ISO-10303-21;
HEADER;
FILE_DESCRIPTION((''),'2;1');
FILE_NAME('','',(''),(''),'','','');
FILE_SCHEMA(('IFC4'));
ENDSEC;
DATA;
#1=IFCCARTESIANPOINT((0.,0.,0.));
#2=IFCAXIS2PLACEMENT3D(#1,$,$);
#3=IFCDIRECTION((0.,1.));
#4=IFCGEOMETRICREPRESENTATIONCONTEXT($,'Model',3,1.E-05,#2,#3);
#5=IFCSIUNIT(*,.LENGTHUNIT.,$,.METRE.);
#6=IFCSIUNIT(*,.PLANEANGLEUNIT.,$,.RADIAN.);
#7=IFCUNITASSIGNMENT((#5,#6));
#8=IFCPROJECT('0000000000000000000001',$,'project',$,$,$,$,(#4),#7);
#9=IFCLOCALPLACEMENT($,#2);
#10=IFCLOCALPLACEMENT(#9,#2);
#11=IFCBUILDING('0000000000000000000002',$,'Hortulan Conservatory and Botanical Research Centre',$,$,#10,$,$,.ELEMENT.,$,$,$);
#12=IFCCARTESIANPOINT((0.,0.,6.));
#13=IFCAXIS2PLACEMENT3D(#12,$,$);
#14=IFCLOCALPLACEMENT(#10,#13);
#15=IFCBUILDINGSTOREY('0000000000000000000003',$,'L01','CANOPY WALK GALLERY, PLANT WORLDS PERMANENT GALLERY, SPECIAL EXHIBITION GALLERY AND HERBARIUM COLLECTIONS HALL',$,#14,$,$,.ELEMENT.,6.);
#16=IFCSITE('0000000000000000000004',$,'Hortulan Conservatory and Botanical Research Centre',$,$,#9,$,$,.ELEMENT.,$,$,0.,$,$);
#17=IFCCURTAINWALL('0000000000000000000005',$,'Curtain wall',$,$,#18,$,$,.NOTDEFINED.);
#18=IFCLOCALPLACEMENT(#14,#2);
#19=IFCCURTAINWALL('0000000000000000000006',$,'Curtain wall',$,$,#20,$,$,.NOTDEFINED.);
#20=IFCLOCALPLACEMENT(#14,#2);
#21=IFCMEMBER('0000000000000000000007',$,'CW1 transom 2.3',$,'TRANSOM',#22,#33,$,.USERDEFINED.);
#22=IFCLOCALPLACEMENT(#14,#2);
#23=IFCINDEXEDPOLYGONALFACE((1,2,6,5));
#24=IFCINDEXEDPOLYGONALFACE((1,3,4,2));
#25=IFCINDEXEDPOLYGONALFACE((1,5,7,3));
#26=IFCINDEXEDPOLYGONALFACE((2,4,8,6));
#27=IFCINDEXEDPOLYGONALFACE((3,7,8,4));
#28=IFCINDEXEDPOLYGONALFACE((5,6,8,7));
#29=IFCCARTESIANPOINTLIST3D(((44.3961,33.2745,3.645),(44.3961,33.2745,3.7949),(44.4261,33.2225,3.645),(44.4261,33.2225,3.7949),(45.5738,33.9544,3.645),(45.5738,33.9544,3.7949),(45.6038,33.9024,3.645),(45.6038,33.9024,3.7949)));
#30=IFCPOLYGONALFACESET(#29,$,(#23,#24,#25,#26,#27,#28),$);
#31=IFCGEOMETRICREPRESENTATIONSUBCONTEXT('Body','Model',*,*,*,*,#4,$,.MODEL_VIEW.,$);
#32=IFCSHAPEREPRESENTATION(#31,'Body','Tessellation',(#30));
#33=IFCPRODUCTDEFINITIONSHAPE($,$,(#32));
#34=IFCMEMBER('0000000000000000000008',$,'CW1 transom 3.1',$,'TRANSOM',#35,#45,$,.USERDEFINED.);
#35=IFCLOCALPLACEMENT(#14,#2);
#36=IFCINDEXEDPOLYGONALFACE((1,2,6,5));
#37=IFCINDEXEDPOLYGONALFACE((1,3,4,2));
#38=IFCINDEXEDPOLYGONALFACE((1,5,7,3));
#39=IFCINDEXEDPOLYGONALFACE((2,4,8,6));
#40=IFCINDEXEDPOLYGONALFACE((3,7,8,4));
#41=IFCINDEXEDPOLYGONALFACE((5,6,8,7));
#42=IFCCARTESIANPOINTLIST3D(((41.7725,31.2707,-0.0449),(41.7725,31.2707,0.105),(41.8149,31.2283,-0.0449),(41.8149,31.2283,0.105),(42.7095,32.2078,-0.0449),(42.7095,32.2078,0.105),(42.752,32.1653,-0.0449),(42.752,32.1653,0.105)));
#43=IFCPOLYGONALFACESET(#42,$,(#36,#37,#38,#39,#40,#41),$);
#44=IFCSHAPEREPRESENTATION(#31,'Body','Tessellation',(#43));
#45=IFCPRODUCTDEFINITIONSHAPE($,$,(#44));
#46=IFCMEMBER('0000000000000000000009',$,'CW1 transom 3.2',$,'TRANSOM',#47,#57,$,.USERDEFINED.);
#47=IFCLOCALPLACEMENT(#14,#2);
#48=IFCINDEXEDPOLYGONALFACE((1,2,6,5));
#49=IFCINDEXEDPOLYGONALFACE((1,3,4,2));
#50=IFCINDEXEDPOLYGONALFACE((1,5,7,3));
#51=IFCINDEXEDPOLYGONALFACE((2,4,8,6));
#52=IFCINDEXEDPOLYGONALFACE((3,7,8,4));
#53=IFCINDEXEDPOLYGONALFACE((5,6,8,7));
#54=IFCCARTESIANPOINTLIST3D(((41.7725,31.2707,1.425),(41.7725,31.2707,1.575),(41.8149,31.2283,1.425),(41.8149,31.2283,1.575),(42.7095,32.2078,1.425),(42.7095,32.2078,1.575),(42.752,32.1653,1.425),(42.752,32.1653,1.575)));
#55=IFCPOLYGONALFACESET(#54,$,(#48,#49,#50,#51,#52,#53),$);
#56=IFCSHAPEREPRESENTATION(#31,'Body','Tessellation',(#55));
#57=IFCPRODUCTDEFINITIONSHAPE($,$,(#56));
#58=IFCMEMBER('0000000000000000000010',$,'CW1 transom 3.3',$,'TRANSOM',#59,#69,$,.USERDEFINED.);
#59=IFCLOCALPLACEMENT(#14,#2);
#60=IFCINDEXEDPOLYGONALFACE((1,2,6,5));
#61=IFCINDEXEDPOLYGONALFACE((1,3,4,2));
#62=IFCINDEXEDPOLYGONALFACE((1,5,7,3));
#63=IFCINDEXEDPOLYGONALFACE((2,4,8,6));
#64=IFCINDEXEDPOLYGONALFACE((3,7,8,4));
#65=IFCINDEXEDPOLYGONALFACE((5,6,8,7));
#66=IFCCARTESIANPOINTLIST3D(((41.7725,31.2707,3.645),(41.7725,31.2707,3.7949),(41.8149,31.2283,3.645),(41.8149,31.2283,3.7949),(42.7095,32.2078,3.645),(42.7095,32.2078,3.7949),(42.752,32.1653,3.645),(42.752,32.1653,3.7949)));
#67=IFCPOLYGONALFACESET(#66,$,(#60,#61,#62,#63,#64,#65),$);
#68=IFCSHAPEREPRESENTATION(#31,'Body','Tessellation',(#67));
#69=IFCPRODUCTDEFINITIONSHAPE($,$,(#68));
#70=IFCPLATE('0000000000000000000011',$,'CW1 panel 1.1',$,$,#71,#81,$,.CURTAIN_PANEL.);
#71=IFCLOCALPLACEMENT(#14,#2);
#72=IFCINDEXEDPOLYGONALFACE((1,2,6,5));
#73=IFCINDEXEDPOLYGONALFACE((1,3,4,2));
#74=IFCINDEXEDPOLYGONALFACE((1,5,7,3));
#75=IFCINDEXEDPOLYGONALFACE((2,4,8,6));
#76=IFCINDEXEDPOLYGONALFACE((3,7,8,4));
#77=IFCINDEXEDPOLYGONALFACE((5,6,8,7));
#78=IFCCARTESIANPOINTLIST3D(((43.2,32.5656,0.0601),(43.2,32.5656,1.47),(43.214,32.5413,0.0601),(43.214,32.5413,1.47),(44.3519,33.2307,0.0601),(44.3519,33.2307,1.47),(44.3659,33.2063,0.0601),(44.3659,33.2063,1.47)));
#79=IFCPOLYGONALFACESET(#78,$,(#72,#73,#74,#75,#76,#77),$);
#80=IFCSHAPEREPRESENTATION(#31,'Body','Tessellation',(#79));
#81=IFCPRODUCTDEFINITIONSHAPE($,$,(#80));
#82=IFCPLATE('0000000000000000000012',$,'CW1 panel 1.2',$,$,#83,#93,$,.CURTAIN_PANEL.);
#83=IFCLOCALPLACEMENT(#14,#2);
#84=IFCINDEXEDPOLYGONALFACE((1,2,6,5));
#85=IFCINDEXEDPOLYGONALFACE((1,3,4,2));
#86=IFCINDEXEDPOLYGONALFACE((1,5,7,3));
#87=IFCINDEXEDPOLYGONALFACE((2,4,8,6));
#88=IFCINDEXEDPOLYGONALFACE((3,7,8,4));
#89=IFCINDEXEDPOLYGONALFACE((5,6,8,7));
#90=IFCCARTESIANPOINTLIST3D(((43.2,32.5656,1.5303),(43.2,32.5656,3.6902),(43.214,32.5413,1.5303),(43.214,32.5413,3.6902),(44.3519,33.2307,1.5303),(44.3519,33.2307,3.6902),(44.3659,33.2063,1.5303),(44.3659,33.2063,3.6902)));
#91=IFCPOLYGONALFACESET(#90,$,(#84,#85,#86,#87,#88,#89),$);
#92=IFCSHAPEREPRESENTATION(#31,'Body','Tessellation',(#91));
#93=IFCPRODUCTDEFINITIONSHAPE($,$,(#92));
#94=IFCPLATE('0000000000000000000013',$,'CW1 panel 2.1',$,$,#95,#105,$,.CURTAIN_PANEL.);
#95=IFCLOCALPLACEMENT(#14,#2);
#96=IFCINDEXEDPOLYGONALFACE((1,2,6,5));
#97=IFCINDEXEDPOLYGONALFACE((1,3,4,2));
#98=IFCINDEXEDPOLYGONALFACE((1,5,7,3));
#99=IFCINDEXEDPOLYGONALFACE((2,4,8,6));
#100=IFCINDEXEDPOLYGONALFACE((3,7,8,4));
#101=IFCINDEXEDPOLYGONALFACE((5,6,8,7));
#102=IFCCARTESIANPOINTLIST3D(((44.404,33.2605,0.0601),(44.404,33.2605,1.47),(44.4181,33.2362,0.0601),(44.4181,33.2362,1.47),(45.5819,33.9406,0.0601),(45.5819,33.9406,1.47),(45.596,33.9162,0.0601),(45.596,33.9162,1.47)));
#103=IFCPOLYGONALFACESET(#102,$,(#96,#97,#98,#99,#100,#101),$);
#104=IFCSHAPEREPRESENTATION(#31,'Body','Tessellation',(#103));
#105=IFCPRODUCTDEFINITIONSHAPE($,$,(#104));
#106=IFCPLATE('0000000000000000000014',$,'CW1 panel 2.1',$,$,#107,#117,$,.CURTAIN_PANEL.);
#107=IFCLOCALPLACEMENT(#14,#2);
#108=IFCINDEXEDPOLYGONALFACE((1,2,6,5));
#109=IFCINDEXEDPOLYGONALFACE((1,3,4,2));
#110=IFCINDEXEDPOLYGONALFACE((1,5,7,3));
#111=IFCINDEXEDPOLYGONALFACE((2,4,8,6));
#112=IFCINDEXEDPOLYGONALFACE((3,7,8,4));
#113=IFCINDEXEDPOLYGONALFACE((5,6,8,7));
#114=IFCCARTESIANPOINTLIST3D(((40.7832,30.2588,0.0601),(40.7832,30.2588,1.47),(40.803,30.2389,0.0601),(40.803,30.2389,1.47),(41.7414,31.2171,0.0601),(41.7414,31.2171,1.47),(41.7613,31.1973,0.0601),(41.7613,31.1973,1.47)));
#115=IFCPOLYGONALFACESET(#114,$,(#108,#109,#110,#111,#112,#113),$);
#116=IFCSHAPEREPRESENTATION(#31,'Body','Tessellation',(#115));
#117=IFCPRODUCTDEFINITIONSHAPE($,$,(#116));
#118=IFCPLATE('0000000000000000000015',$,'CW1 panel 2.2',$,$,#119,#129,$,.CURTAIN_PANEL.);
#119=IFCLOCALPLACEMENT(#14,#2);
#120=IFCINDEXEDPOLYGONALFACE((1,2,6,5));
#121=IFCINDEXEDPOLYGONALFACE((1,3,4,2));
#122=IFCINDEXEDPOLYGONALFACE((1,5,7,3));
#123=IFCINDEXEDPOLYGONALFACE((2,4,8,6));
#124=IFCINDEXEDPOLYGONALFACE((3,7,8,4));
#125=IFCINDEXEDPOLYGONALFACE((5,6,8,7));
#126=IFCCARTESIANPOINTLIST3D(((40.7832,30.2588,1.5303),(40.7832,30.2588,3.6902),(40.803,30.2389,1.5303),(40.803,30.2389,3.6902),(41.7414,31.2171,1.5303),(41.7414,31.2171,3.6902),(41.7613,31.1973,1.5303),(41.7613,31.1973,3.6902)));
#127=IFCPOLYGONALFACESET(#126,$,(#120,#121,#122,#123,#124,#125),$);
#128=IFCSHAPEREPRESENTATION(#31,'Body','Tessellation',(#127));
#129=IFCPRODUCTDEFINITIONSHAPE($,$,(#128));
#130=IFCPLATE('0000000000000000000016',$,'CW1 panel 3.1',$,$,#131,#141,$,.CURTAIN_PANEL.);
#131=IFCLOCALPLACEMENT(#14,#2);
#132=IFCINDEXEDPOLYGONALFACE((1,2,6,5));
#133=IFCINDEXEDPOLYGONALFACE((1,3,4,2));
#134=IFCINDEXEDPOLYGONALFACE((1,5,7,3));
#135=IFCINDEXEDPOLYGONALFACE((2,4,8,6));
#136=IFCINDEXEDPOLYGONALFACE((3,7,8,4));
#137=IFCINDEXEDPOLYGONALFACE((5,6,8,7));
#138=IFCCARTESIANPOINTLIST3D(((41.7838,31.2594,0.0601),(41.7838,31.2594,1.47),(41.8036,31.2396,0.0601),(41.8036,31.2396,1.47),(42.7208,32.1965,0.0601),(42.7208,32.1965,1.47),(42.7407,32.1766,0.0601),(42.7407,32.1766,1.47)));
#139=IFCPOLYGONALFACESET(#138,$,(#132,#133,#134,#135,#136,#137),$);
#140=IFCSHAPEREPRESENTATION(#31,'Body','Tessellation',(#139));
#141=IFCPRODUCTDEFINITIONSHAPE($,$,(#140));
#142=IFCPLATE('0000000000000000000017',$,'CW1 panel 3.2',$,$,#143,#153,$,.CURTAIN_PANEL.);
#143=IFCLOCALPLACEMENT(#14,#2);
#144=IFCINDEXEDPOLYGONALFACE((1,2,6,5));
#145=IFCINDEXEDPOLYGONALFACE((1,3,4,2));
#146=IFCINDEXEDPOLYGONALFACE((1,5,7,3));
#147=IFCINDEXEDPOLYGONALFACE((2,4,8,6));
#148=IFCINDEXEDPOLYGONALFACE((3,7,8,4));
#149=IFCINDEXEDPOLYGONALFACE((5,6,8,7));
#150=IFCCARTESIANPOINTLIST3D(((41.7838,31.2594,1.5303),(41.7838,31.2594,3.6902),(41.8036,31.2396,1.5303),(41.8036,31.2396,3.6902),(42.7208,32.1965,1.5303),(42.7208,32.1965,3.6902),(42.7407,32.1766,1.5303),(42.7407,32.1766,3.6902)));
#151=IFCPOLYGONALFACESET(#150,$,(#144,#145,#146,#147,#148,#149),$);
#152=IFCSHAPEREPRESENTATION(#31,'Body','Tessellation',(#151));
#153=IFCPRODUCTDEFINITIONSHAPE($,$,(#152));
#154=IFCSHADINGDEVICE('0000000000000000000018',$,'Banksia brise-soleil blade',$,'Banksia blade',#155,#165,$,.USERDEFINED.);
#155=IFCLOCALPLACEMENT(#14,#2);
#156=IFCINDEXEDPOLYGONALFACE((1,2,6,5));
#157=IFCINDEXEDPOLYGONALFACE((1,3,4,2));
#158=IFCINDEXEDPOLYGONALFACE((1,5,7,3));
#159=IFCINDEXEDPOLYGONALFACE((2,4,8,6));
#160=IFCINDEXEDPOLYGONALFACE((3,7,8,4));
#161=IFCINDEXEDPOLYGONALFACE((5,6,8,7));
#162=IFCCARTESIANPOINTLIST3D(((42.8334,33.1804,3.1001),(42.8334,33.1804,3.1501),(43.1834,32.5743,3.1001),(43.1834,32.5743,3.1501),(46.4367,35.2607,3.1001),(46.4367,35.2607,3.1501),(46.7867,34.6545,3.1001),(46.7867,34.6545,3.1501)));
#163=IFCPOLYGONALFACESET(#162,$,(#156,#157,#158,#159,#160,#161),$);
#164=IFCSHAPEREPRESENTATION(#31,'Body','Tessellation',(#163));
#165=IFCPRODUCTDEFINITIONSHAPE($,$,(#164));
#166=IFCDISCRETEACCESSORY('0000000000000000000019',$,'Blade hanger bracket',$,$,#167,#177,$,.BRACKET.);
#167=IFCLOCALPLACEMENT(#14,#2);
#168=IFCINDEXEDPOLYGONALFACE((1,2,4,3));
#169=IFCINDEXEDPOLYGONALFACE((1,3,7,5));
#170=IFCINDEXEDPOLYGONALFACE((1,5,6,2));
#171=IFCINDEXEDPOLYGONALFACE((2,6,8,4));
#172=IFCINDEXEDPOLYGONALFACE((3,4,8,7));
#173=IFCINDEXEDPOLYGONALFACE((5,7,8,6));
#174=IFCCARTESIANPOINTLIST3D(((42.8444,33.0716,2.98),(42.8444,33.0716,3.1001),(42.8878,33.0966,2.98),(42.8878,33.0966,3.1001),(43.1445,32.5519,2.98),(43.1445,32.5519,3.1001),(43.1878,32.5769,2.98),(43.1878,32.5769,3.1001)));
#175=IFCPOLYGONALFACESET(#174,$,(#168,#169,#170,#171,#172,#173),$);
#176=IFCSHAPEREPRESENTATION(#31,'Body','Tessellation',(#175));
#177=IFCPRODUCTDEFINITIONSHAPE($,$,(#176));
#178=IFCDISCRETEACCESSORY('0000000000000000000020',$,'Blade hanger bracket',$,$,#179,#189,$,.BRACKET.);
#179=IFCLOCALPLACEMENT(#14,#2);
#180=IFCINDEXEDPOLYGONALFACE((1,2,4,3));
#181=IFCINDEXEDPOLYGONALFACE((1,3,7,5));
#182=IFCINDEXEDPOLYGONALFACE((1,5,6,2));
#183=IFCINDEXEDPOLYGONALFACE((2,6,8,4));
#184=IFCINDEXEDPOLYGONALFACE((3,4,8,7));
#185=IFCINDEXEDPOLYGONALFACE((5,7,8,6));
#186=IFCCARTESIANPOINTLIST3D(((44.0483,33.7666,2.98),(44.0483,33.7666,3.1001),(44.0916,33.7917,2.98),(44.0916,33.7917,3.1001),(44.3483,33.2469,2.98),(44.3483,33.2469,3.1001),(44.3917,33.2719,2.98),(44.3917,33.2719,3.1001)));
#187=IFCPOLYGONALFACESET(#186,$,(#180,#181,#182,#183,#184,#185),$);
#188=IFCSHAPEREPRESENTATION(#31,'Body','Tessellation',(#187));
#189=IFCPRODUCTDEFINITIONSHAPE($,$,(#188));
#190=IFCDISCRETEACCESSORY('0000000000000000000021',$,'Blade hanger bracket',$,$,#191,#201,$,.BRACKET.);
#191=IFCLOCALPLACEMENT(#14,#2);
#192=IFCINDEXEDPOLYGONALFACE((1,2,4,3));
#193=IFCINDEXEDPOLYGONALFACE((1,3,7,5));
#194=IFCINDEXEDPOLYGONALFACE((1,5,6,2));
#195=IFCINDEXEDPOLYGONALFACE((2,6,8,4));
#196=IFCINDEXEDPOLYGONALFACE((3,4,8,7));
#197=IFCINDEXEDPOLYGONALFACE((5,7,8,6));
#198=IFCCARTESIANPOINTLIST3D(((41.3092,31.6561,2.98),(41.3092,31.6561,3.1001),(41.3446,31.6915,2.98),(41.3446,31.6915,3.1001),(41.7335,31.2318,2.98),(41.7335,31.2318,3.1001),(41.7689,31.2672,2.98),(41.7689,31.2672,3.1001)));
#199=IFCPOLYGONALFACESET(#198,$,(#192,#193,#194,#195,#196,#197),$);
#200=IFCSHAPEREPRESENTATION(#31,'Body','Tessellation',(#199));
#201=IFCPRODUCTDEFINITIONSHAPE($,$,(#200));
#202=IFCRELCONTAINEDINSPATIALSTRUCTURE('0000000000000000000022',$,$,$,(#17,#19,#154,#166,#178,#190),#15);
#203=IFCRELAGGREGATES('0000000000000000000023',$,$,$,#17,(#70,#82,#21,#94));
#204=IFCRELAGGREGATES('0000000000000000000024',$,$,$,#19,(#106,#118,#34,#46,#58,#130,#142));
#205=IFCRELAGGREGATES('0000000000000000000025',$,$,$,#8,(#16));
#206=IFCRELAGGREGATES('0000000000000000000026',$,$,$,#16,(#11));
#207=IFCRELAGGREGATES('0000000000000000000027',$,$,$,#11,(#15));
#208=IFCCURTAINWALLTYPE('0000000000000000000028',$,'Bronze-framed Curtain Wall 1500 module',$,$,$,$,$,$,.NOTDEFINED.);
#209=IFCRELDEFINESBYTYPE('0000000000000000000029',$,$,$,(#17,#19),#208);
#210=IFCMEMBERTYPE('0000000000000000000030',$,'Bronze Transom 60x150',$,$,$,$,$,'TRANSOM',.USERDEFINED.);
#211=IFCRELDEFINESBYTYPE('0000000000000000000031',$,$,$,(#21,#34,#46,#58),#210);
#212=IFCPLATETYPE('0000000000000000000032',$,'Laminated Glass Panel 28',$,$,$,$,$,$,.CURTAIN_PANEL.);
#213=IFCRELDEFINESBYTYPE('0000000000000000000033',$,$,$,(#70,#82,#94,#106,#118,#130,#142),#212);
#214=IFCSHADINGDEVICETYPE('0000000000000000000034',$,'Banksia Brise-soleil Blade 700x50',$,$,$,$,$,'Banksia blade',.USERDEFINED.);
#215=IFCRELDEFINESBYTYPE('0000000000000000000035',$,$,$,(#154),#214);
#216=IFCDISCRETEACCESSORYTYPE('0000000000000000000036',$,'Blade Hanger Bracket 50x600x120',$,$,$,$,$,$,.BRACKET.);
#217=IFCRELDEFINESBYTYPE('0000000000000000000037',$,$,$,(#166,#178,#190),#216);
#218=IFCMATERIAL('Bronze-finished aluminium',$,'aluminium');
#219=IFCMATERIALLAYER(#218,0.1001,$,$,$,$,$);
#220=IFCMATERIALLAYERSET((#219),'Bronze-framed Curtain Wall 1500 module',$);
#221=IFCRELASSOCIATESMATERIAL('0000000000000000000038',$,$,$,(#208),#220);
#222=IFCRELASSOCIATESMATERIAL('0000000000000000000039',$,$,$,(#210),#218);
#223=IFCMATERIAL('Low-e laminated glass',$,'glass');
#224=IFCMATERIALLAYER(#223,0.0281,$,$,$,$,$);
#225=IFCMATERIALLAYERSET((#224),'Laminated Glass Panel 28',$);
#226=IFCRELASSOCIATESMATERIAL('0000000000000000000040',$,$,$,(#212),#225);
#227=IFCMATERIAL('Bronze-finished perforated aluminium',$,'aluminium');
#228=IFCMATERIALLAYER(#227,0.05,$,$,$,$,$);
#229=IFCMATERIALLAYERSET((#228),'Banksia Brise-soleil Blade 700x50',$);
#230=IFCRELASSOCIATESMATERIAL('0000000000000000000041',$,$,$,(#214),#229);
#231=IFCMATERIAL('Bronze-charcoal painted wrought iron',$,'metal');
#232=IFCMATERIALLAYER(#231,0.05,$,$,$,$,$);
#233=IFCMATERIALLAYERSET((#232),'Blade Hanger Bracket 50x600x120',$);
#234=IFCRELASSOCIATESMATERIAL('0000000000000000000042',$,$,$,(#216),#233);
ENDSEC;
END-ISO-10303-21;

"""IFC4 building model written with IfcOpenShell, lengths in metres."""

from ifc_helpers import new_model, si_unit, direction, frame, origin, origin_2d, place, context, subcontext, project, spatial, rectangle, extrude, material, layer, layer_set, material_profile, profile_set, type_object, element, aggregate, save


model = new_model("IFC4")

# Units and contexts
model_context = context("Model", 3, precision=1e-05, world=origin(), true_north=direction((0.0, 1.0)))
body_context = subcontext(model_context, "Body", "Model", "MODEL_VIEW")
ifc_project = project(units=[si_unit("LENGTHUNIT", "METRE"), si_unit("PLANEANGLEUNIT", "RADIAN")], contexts=[model_context])

# Site, building, storey
site_placement = place(None, origin())
site = spatial("IfcSite", under=ifc_project, at=site_placement, Name="Hortulan Conservatory and Botanical Research Centre", CompositionType="ELEMENT", RefElevation=0.0)
building_placement = place(site_placement, origin())
building = spatial("IfcBuilding", under=site, at=building_placement, Name="Hortulan Conservatory and Botanical Research Centre", CompositionType="ELEMENT")
storey_placement = place(building_placement, frame((0.0, 0.0, 6.0)))
storey = spatial("IfcBuildingStorey", under=building, at=storey_placement, Name="L01", Description="CANOPY WALK GALLERY, PLANT WORLDS PERMANENT GALLERY, SPECIAL EXHIBITION GALLERY AND HERBARIUM COLLECTIONS HALL", CompositionType="ELEMENT", Elevation=6.0)

# Curtain walls
ifc_material_1 = material(Name="Bronze-finished aluminium", Category="aluminium")
ifc_layer_1 = layer(ifc_material_1, 0.1001)
ifc_layer_set_1 = layer_set([ifc_layer_1], Name="Bronze-framed Curtain Wall 1500 module")
curtain_wall_type = type_object("IfcCurtainWallType", Name="Bronze-framed Curtain Wall 1500 module", PredefinedType="NOTDEFINED", material=ifc_layer_set_1)
curtain_wall_1_placement = place(storey_placement, origin())
curtain_wall_1 = element("IfcCurtainWall", 1, at=curtain_wall_1_placement, inside=storey, type_object=curtain_wall_type, Name="Curtain wall", PredefinedType="NOTDEFINED")
curtain_wall_2_placement = place(storey_placement, origin())
curtain_wall_2 = element("IfcCurtainWall", 2, at=curtain_wall_2_placement, inside=storey, type_object=curtain_wall_type, Name="Curtain wall", PredefinedType="NOTDEFINED")

# Members
ifc_material_profile_1 = material_profile(ifc_material_1, rectangle(XDim=0.0601, YDim=0.1499, at=origin_2d()), Name="Bronze Transom 60x150")
ifc_profile_set_1 = profile_set([ifc_material_profile_1], Name="Bronze-finished aluminium")
member_type_1 = type_object("IfcMemberType", Name="Bronze Transom 60x150", ElementType="TRANSOM", PredefinedType="USERDEFINED", material=ifc_profile_set_1)
member_1_placement = place(storey_placement, frame((44.4111, 33.2485, 3.72), z_axis=(0.866036, 0.499981, 0.0), x_axis=(-0.499981, 0.866036, 0.0)))
member_1 = element("IfcMember", 3, at=member_1_placement, type_object=member_type_1, Name="CW1 transom 2.3", ObjectType="TRANSOM", PredefinedType="USERDEFINED", context=body_context, shape_type="SweptSolid", body=[
    extrude(rectangle(XDim=0.0601, YDim=0.1499, at=origin_2d()), origin(), (0.0, 0.0, 1.0), 1.3599),
])
member_2_placement = place(storey_placement, frame((41.7937, 31.2495, 0.03), z_axis=(0.707107, 0.707107, 0.0), x_axis=(-0.707107, 0.707107, 0.0)))
member_2 = element("IfcMember", 4, at=member_2_placement, type_object=member_type_1, Name="CW1 transom 3.1", ObjectType="TRANSOM", PredefinedType="USERDEFINED", context=body_context, shape_type="SweptSolid", body=[
    extrude(rectangle(XDim=0.0601, YDim=0.1499, at=origin_2d()), origin(), (0.0, 0.0, 1.0), 1.3252),
])
member_3_placement = place(storey_placement, frame((41.7937, 31.2495, 1.5), z_axis=(0.707107, 0.707107, 0.0), x_axis=(-0.707107, 0.707107, 0.0)))
member_3 = element("IfcMember", 5, at=member_3_placement, type_object=member_type_1, Name="CW1 transom 3.2", ObjectType="TRANSOM", PredefinedType="USERDEFINED", context=body_context, shape_type="SweptSolid", body=[
    extrude(rectangle(XDim=0.0601, YDim=0.1499, at=origin_2d()), origin(), (0.0, 0.0, 1.0), 1.3252),
])
member_4_placement = place(storey_placement, frame((41.7937, 31.2495, 3.72), z_axis=(0.707107, 0.707107, 0.0), x_axis=(-0.707107, 0.707107, 0.0)))
member_4 = element("IfcMember", 6, at=member_4_placement, type_object=member_type_1, Name="CW1 transom 3.3", ObjectType="TRANSOM", PredefinedType="USERDEFINED", context=body_context, shape_type="SweptSolid", body=[
    extrude(rectangle(XDim=0.0601, YDim=0.1499, at=origin_2d()), origin(), (0.0, 0.0, 1.0), 1.3252),
])

# Plates
ifc_material_2 = material(Name="Low-e laminated glass", Category="glass")
ifc_layer_2 = layer(ifc_material_2, 0.0281)
ifc_layer_set_2 = layer_set([ifc_layer_2], Name="Laminated Glass Panel 28")
plate_type = type_object("IfcPlateType", Name="Laminated Glass Panel 28", PredefinedType="CURTAIN_PANEL", material=ifc_layer_set_2)
plate_1_placement = place(storey_placement, frame((43.783, 32.886, 0.0601), z_axis=(0.0, 0.0, 1.0), x_axis=(0.866036, 0.499981, 0.0)))
plate_1 = element("IfcPlate", 7, at=plate_1_placement, type_object=plate_type, Name="CW1 panel 1.1", PredefinedType="CURTAIN_PANEL", context=body_context, shape_type="SweptSolid", body=[
    extrude(rectangle(XDim=1.3301, YDim=0.0281, at=origin_2d()), origin(), (0.0, 0.0, 1.0), 1.4099),
])
plate_2_placement = place(storey_placement, frame((43.783, 32.886, 1.5303), z_axis=(0.0, 0.0, 1.0), x_axis=(0.866036, 0.499981, 0.0)))
plate_2 = element("IfcPlate", 8, at=plate_2_placement, type_object=plate_type, Name="CW1 panel 1.2", PredefinedType="CURTAIN_PANEL", context=body_context, shape_type="SweptSolid", body=[
    extrude(rectangle(XDim=1.3301, YDim=0.0281, at=origin_2d()), origin(), (0.0, 0.0, 1.0), 2.1599),
])
plate_3_placement = place(storey_placement, frame((45.0, 33.5884, 0.0601), z_axis=(0.0, 0.0, 1.0), x_axis=(0.866036, 0.499981, 0.0)))
plate_3 = element("IfcPlate", 9, at=plate_3_placement, type_object=plate_type, Name="CW1 panel 2.1", PredefinedType="CURTAIN_PANEL", context=body_context, shape_type="SweptSolid", body=[
    extrude(rectangle(XDim=1.3601, YDim=0.0281, at=origin_2d()), origin(), (0.0, 0.0, 1.0), 1.4099),
])
aggregate(curtain_wall_1, [plate_1, plate_2, member_1, plate_3])
plate_4_placement = place(storey_placement, frame((41.2722, 30.728, 0.0601), z_axis=(0.0, 0.0, 1.0), x_axis=(0.707095, 0.707119, 0.0)))
plate_4 = element("IfcPlate", 10, at=plate_4_placement, type_object=plate_type, Name="CW1 panel 2.1", PredefinedType="CURTAIN_PANEL", context=body_context, shape_type="SweptSolid", body=[
    extrude(rectangle(XDim=1.3552, YDim=0.0281, at=origin_2d()), origin(), (0.0, 0.0, 1.0), 1.4099),
])
plate_5_placement = place(storey_placement, frame((41.2722, 30.728, 1.5303), z_axis=(0.0, 0.0, 1.0), x_axis=(0.707095, 0.707119, 0.0)))
plate_5 = element("IfcPlate", 11, at=plate_5_placement, type_object=plate_type, Name="CW1 panel 2.2", PredefinedType="CURTAIN_PANEL", context=body_context, shape_type="SweptSolid", body=[
    extrude(rectangle(XDim=1.3552, YDim=0.0281, at=origin_2d()), origin(), (0.0, 0.0, 1.0), 2.1599),
])
plate_6_placement = place(storey_placement, frame((42.2622, 31.718, 0.0601), z_axis=(0.0, 0.0, 1.0), x_axis=(0.707095, 0.707119, 0.0)))
plate_6 = element("IfcPlate", 12, at=plate_6_placement, type_object=plate_type, Name="CW1 panel 3.1", PredefinedType="CURTAIN_PANEL", context=body_context, shape_type="SweptSolid", body=[
    extrude(rectangle(XDim=1.3252, YDim=0.0281, at=origin_2d()), origin(), (0.0, 0.0, 1.0), 1.4099),
])
plate_7_placement = place(storey_placement, frame((42.2622, 31.718, 1.5303), z_axis=(0.0, 0.0, 1.0), x_axis=(0.707095, 0.707119, 0.0)))
plate_7 = element("IfcPlate", 13, at=plate_7_placement, type_object=plate_type, Name="CW1 panel 3.2", PredefinedType="CURTAIN_PANEL", context=body_context, shape_type="SweptSolid", body=[
    extrude(rectangle(XDim=1.3252, YDim=0.0281, at=origin_2d()), origin(), (0.0, 0.0, 1.0), 2.1599),
])
aggregate(curtain_wall_2, [plate_4, plate_5, member_2, member_3, member_4, plate_6, plate_7])

# Shading device
ifc_material_3 = material(Name="Bronze-finished perforated aluminium", Category="aluminium")
ifc_layer_3 = layer(ifc_material_3, 0.05)
ifc_layer_set_3 = layer_set([ifc_layer_3], Name="Banksia Brise-soleil Blade 700x50")
shading_device_type = type_object("IfcShadingDeviceType", Name="Banksia Brise-soleil Blade 700x50", ElementType="Banksia blade", PredefinedType="USERDEFINED", material=ifc_layer_set_3)
shading_device_placement = place(storey_placement, frame((44.8101, 33.9175, 3.1001), z_axis=(0.0, 0.0, 1.0), x_axis=(0.866036, 0.499982, 0.0)))
element("IfcShadingDevice", 14, at=shading_device_placement, inside=storey, type_object=shading_device_type, Name="Banksia brise-soleil blade", ObjectType="Banksia blade", PredefinedType="USERDEFINED", context=body_context, shape_type="SweptSolid", body=[
    extrude(rectangle(XDim=4.1606, YDim=0.7, at=origin_2d()), origin(), (0.0, 0.0, 1.0), 0.05),
])

# Discrete accessories
ifc_material_4 = material(Name="Bronze-charcoal painted wrought iron", Category="metal")
ifc_layer_4 = layer(ifc_material_4, 0.05)
ifc_layer_set_4 = layer_set([ifc_layer_4], Name="Blade Hanger Bracket 50x600x120")
discrete_accessory_type = type_object("IfcDiscreteAccessoryType", Name="Blade Hanger Bracket 50x600x120", PredefinedType="BRACKET", material=ifc_layer_set_4)
for number, where, z_axis, x_axis, name in (
    (15, (43.0161, 32.8242, 2.98), (0.0, 0.0, 1.0), (0.866036, 0.499982, 0.0), "Blade hanger bracket"),
    (16, (44.22, 33.5193, 2.98), (0.0, 0.0, 1.0), (0.866036, 0.499982, 0.0), "Blade hanger bracket"),
    (17, (41.5391, 31.4617, 2.98), (0.0, 0.0, 1.0), (0.707094, 0.707119, 0.0), "Blade hanger bracket"),
):
    element("IfcDiscreteAccessory", number, at=place(storey_placement, frame(where, z_axis=z_axis, x_axis=x_axis)), inside=storey, type_object=discrete_accessory_type, Name=name, PredefinedType="BRACKET", context=body_context, shape_type="SweptSolid", body=[
        extrude(rectangle(XDim=0.05, YDim=0.6001, at=origin_2d()), origin(), (0.0, 0.0, 1.0), 0.1201),
    ])

save(model, "model.ifc")
